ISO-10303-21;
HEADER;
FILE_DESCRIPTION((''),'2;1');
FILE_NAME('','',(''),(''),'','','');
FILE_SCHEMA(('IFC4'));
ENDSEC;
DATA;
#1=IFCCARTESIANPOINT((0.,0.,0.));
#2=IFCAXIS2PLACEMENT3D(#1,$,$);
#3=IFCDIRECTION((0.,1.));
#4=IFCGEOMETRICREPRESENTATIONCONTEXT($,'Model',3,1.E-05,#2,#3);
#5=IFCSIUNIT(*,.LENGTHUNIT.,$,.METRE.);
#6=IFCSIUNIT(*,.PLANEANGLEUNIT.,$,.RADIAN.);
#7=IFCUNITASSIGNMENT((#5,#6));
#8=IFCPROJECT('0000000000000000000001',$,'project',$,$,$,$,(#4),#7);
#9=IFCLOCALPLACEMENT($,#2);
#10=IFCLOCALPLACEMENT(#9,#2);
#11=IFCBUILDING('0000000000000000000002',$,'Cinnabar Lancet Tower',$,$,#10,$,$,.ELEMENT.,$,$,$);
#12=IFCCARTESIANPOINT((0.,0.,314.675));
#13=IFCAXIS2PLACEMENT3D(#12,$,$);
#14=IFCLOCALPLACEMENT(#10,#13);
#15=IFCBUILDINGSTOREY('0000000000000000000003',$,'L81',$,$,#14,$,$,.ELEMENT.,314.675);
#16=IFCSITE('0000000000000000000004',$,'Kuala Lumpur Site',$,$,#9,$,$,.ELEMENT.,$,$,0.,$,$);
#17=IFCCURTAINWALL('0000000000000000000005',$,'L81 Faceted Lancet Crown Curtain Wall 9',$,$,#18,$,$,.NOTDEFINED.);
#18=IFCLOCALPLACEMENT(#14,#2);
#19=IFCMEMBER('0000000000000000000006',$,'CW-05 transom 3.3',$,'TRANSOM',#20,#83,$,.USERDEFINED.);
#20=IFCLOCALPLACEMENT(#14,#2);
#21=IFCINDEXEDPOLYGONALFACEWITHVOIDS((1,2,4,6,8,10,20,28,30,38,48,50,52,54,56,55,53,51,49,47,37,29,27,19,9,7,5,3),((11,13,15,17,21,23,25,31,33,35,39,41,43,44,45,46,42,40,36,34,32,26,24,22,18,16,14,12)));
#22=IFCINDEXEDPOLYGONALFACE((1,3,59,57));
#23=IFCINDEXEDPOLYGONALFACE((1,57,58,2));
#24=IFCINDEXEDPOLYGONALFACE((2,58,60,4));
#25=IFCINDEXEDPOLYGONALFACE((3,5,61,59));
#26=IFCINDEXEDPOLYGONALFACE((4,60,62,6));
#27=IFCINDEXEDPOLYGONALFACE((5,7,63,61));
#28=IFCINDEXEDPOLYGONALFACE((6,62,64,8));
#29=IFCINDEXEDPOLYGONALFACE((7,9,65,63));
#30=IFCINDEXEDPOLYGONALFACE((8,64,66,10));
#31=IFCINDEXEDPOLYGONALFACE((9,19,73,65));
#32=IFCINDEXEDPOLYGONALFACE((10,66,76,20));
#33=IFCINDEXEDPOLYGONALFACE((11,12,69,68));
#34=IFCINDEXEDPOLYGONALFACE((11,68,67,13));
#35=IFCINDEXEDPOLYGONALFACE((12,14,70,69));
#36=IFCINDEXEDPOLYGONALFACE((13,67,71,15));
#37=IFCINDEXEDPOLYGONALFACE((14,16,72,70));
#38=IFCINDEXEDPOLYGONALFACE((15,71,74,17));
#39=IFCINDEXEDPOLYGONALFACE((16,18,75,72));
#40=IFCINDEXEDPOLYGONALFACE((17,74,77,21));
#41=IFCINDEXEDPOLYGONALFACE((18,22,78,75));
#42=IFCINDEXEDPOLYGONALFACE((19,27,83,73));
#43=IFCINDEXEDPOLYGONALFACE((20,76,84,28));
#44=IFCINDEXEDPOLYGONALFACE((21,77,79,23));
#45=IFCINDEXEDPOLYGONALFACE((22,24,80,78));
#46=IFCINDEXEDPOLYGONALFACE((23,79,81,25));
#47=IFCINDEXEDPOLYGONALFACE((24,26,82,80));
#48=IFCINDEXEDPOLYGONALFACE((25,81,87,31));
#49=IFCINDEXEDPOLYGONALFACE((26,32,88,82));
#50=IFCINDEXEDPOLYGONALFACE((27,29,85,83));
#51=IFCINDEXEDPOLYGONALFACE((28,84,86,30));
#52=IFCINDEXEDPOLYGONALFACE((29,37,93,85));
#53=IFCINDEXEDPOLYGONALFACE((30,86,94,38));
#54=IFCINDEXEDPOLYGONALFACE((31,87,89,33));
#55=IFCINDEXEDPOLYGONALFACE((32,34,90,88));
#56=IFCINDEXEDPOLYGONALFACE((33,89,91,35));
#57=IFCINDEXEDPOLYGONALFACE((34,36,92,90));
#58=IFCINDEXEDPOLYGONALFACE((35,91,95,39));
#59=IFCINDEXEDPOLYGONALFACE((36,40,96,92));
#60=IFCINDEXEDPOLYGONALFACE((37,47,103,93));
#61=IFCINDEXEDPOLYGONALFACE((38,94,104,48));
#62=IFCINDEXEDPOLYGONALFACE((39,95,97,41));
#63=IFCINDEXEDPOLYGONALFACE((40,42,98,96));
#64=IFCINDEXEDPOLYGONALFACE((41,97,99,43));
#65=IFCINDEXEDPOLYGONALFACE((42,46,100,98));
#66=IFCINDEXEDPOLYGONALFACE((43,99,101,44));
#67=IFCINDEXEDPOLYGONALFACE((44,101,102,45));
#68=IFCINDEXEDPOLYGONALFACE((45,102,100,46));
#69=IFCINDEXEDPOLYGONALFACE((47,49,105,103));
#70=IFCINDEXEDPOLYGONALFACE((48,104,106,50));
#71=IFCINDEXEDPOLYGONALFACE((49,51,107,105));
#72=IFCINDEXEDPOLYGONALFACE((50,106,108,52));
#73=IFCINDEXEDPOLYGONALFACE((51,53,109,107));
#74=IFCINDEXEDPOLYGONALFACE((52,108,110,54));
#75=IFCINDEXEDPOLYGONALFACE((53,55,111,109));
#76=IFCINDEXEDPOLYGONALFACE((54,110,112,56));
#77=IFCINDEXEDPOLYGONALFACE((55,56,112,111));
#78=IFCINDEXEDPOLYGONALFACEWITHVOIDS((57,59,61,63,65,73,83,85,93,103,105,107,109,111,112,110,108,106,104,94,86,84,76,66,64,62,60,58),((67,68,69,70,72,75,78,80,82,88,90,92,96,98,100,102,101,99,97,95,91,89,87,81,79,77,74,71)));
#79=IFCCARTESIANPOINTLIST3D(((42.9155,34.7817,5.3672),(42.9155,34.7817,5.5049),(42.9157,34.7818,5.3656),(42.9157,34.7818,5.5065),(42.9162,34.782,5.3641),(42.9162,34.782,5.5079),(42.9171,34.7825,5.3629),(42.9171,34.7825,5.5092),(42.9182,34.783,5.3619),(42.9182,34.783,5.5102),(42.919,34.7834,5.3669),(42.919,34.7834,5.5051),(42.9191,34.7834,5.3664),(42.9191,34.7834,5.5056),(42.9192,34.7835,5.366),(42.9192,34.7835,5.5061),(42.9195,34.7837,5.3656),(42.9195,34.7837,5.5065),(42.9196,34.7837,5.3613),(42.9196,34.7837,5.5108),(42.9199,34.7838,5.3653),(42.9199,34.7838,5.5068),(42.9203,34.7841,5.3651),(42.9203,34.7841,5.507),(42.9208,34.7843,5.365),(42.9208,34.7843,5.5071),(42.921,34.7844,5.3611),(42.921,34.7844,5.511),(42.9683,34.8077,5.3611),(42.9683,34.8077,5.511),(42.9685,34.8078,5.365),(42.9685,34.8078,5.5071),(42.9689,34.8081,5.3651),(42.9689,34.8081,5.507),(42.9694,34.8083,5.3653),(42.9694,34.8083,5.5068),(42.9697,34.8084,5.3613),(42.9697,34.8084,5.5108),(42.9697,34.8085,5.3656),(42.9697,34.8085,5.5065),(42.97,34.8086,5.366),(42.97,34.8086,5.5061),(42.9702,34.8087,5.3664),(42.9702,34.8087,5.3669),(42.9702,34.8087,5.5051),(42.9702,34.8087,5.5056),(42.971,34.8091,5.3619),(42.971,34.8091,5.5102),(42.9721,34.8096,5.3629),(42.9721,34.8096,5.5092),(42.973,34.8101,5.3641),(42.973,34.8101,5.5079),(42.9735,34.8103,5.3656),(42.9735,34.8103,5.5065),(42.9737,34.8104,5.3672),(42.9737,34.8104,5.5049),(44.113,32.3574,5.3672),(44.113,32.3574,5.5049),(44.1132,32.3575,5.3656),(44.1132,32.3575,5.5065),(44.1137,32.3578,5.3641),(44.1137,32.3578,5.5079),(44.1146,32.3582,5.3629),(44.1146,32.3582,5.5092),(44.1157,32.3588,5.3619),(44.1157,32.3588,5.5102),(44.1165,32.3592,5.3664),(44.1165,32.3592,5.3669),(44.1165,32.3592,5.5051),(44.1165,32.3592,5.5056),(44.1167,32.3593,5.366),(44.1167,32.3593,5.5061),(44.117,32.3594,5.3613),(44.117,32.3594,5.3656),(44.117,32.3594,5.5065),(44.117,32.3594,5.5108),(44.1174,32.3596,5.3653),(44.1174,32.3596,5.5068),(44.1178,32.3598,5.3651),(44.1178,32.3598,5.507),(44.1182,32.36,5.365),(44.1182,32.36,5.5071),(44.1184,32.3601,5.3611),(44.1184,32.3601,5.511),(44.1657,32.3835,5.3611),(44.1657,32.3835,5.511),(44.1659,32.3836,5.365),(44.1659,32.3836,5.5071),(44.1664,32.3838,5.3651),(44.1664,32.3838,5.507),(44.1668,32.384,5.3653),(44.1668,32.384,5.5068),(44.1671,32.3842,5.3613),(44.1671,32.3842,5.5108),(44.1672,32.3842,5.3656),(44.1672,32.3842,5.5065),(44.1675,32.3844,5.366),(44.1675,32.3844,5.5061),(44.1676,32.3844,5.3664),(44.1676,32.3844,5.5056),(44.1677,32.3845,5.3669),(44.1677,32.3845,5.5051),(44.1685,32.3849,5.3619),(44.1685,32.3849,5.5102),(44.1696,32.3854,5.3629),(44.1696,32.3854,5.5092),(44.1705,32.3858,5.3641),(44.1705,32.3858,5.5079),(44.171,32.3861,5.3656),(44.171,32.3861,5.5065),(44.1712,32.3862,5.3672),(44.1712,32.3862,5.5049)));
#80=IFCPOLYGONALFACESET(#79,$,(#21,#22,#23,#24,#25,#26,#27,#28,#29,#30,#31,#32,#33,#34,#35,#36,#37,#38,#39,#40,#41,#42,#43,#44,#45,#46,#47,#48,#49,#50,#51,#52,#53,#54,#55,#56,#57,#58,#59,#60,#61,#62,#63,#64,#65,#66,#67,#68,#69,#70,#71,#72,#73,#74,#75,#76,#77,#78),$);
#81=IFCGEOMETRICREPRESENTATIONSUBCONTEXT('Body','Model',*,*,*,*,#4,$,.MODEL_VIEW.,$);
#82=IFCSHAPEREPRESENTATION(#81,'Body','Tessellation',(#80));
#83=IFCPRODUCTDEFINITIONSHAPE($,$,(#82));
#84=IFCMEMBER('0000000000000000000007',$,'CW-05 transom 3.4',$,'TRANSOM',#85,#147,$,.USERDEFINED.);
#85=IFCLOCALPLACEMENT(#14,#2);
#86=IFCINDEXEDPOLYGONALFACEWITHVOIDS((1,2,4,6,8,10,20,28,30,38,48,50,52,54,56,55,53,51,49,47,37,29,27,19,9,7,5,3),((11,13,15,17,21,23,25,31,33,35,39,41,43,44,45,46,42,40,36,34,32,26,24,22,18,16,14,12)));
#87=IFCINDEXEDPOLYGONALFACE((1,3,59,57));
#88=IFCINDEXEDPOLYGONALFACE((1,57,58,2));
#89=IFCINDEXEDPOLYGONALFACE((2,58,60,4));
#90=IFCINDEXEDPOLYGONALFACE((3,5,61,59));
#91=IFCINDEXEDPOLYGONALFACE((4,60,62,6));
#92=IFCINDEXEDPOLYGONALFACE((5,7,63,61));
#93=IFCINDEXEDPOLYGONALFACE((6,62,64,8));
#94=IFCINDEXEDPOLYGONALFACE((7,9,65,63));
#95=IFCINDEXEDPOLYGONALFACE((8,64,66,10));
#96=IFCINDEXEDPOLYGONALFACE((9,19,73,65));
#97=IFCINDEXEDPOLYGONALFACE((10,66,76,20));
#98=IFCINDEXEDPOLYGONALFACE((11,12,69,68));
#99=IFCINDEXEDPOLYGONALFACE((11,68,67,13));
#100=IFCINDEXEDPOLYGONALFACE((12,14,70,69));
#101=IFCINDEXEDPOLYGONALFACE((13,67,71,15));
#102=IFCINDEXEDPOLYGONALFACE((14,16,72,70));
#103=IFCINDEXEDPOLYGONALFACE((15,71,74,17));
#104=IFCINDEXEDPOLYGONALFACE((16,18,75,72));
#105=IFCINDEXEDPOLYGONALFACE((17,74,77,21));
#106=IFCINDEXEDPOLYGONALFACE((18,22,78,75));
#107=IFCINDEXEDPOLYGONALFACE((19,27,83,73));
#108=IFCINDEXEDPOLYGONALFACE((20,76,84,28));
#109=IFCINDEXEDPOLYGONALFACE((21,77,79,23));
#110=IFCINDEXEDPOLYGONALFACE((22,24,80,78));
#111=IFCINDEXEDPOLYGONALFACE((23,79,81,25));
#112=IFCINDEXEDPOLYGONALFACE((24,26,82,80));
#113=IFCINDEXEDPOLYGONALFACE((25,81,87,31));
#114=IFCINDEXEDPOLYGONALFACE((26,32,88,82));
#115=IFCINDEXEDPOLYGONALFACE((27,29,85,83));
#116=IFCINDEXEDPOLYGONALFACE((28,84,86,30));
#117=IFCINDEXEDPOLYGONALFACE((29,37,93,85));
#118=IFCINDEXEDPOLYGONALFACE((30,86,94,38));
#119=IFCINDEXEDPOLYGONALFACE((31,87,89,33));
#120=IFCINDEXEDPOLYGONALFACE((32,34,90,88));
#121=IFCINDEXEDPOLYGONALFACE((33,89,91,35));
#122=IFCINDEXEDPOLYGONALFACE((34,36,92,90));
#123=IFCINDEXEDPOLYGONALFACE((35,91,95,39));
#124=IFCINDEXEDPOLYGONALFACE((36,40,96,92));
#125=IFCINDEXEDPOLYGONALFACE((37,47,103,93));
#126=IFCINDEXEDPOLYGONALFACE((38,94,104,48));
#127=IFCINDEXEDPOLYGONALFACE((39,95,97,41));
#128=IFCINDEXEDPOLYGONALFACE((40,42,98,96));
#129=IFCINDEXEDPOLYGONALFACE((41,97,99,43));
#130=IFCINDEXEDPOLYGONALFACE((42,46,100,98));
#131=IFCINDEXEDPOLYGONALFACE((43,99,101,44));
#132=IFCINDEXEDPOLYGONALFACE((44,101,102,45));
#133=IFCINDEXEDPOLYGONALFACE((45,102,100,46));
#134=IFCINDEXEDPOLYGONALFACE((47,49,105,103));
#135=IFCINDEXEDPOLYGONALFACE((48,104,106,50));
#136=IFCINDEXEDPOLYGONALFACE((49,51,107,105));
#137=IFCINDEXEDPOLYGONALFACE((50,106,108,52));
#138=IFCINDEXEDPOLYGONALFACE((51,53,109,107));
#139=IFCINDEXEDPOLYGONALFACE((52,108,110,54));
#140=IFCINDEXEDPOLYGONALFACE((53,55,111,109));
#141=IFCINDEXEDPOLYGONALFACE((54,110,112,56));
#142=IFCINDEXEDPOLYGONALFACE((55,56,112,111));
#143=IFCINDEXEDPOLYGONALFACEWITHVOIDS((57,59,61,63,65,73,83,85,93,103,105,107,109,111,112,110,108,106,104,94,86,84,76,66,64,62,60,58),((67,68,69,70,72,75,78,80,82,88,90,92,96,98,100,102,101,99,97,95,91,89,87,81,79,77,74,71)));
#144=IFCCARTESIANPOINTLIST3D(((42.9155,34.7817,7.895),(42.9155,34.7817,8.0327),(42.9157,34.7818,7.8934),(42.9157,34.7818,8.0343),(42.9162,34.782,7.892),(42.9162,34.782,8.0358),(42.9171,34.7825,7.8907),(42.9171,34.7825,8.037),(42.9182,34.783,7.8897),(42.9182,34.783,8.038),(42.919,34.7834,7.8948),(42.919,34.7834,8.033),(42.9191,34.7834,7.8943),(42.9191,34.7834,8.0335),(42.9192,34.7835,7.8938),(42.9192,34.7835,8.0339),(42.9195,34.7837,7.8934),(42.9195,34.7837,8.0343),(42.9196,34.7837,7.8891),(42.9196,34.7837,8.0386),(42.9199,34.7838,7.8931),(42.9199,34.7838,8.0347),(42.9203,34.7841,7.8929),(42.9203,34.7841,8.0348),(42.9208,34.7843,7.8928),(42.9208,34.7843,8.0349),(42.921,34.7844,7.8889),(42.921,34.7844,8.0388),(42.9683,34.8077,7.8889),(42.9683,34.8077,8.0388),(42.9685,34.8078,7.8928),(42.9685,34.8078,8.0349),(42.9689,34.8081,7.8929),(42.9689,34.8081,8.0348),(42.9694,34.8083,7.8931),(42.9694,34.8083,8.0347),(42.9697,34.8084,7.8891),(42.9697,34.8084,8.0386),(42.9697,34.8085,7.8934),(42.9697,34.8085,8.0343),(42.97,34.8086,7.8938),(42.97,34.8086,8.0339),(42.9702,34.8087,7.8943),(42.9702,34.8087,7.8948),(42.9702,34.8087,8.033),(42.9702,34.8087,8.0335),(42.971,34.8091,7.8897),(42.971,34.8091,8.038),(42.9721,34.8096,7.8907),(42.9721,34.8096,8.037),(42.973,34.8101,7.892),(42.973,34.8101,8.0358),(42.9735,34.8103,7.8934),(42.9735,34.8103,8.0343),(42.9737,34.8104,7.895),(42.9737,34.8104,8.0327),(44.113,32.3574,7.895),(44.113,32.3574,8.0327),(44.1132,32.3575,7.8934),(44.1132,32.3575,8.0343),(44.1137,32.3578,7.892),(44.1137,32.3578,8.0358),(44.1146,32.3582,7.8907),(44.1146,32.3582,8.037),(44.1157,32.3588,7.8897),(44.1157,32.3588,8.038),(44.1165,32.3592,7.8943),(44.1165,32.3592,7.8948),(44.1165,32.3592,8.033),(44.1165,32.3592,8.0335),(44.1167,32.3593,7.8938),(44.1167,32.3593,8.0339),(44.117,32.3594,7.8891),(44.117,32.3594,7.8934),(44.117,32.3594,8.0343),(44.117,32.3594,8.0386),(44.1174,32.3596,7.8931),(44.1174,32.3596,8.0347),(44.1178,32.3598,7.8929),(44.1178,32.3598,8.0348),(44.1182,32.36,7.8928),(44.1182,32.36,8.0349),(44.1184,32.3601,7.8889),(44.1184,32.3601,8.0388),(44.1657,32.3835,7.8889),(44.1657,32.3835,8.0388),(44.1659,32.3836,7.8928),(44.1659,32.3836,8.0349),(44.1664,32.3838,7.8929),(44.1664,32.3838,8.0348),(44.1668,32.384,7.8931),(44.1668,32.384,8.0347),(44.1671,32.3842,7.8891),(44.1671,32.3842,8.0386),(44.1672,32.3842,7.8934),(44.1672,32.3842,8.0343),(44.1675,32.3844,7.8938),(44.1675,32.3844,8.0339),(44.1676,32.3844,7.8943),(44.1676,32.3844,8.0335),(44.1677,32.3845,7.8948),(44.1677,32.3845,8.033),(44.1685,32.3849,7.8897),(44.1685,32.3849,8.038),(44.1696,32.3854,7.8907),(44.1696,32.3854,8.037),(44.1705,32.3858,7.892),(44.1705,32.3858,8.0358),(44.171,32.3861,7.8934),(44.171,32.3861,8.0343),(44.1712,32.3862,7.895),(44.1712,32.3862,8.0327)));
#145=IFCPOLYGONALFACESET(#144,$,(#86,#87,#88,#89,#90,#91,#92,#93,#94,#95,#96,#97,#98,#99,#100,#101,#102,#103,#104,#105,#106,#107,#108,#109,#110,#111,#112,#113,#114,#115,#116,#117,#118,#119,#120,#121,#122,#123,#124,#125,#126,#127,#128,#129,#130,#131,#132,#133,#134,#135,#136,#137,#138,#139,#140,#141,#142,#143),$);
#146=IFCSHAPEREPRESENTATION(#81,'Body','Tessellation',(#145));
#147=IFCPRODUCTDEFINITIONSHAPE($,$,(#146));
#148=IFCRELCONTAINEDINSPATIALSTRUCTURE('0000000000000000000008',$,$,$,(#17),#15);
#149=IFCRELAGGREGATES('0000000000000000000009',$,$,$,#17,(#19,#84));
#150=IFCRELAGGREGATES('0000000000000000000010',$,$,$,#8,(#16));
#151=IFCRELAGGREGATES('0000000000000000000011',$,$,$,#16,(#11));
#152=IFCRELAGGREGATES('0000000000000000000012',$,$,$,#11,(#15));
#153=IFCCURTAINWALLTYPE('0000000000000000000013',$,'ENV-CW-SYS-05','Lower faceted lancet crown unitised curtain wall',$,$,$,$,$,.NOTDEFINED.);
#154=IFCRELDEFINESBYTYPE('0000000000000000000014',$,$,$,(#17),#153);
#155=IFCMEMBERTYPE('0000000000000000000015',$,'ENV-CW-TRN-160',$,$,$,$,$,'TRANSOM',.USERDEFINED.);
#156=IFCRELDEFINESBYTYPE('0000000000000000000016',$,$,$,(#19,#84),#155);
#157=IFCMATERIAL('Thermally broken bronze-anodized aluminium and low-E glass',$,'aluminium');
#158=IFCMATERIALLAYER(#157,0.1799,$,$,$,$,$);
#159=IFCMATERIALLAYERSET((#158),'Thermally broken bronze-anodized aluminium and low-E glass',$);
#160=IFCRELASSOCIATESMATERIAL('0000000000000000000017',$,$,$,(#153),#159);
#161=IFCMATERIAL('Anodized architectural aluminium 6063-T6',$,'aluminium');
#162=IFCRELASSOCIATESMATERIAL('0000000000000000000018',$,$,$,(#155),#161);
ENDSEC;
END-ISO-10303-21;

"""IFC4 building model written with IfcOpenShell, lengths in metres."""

from ifc_helpers import new_model, si_unit, direction, frame, origin, origin_2d, place, context, subcontext, project, spatial, hollow_rectangle, extrude, material, layer, layer_set, material_profile, profile_set, type_object, element, aggregate, save


model = new_model("IFC4")

# Units and contexts
model_context = context("Model", 3, precision=1e-05, world=origin(), true_north=direction((0.0, 1.0)))
body_context = subcontext(model_context, "Body", "Model", "MODEL_VIEW")
ifc_project = project(units=[si_unit("LENGTHUNIT", "METRE"), si_unit("PLANEANGLEUNIT", "RADIAN")], contexts=[model_context])

# Site, building, storey
site_placement = place(None, origin())
site = spatial("IfcSite", under=ifc_project, at=site_placement, Name="Kuala Lumpur Site", CompositionType="ELEMENT", RefElevation=0.0)
building_placement = place(site_placement, origin())
building = spatial("IfcBuilding", under=site, at=building_placement, Name="Cinnabar Lancet Tower", CompositionType="ELEMENT")
storey_placement = place(building_placement, frame((0.0, 0.0, 314.675)))
storey = spatial("IfcBuildingStorey", under=building, at=storey_placement, Name="L81", CompositionType="ELEMENT", Elevation=314.675)

# Curtain wall
ifc_material_1 = material(Name="Thermally broken bronze-anodized aluminium and low-E glass", Category="aluminium")
ifc_layer_1 = layer(ifc_material_1, 0.1799)
ifc_layer_set_1 = layer_set([ifc_layer_1], Name="Thermally broken bronze-anodized aluminium and low-E glass")
curtain_wall_type = type_object("IfcCurtainWallType", Name="ENV-CW-SYS-05", Description="Lower faceted lancet crown unitised curtain wall", PredefinedType="NOTDEFINED", material=ifc_layer_set_1)
curtain_wall_1_placement = place(storey_placement, origin())
curtain_wall_1 = element("IfcCurtainWall", 1, at=curtain_wall_1_placement, inside=storey, type_object=curtain_wall_type, Name="L81 Faceted Lancet Crown Curtain Wall 9", PredefinedType="NOTDEFINED")

# Members
ifc_material_2 = material(Name="Anodized architectural aluminium 6063-T6", Category="aluminium")
ifc_material_profile_1 = material_profile(ifc_material_2, hollow_rectangle(XDim=0.0649, YDim=0.1499, WallThickness=0.0039, InnerFilletRadius=0.002, OuterFilletRadius=0.0061, at=origin_2d()), Name="CW-TRN 150x65x4")
ifc_profile_set_1 = profile_set([ifc_material_profile_1], Name="Anodized architectural aluminium 6063-T6")
member_type_1 = type_object("IfcMemberType", Name="ENV-CW-TRN-160", ElementType="TRANSOM", PredefinedType="USERDEFINED", material=ifc_profile_set_1)
member_1_placement = place(storey_placement, frame((44.1421, 32.3718, 5.436), z_axis=(-0.442874, 0.896584, 0.0), x_axis=(-0.896584, -0.442874, 0.0)))
member_1 = element("IfcMember", 2, at=member_1_placement, type_object=member_type_1, Name="CW-05 transom 3.3", ObjectType="TRANSOM", PredefinedType="USERDEFINED", context=body_context, shape_type="SweptSolid", body=[
    extrude(hollow_rectangle(XDim=0.0649, YDim=0.1499, WallThickness=0.0039, InnerFilletRadius=0.002, OuterFilletRadius=0.0061, at=origin_2d()), origin(), (0.0, 0.0, 1.0), 2.7039),
])
member_2_placement = place(storey_placement, frame((44.1421, 32.3718, 7.9639), z_axis=(-0.442874, 0.896584, 0.0), x_axis=(-0.896584, -0.442874, 0.0)))
member_2 = element("IfcMember", 3, at=member_2_placement, type_object=member_type_1, Name="CW-05 transom 3.4", ObjectType="TRANSOM", PredefinedType="USERDEFINED", context=body_context, shape_type="SweptSolid", body=[
    extrude(hollow_rectangle(XDim=0.0649, YDim=0.1499, WallThickness=0.0039, InnerFilletRadius=0.002, OuterFilletRadius=0.0061, at=origin_2d()), origin(), (0.0, 0.0, 1.0), 2.7039),
])

aggregate(curtain_wall_1, [member_1, member_2])

save(model, "model.ifc")
